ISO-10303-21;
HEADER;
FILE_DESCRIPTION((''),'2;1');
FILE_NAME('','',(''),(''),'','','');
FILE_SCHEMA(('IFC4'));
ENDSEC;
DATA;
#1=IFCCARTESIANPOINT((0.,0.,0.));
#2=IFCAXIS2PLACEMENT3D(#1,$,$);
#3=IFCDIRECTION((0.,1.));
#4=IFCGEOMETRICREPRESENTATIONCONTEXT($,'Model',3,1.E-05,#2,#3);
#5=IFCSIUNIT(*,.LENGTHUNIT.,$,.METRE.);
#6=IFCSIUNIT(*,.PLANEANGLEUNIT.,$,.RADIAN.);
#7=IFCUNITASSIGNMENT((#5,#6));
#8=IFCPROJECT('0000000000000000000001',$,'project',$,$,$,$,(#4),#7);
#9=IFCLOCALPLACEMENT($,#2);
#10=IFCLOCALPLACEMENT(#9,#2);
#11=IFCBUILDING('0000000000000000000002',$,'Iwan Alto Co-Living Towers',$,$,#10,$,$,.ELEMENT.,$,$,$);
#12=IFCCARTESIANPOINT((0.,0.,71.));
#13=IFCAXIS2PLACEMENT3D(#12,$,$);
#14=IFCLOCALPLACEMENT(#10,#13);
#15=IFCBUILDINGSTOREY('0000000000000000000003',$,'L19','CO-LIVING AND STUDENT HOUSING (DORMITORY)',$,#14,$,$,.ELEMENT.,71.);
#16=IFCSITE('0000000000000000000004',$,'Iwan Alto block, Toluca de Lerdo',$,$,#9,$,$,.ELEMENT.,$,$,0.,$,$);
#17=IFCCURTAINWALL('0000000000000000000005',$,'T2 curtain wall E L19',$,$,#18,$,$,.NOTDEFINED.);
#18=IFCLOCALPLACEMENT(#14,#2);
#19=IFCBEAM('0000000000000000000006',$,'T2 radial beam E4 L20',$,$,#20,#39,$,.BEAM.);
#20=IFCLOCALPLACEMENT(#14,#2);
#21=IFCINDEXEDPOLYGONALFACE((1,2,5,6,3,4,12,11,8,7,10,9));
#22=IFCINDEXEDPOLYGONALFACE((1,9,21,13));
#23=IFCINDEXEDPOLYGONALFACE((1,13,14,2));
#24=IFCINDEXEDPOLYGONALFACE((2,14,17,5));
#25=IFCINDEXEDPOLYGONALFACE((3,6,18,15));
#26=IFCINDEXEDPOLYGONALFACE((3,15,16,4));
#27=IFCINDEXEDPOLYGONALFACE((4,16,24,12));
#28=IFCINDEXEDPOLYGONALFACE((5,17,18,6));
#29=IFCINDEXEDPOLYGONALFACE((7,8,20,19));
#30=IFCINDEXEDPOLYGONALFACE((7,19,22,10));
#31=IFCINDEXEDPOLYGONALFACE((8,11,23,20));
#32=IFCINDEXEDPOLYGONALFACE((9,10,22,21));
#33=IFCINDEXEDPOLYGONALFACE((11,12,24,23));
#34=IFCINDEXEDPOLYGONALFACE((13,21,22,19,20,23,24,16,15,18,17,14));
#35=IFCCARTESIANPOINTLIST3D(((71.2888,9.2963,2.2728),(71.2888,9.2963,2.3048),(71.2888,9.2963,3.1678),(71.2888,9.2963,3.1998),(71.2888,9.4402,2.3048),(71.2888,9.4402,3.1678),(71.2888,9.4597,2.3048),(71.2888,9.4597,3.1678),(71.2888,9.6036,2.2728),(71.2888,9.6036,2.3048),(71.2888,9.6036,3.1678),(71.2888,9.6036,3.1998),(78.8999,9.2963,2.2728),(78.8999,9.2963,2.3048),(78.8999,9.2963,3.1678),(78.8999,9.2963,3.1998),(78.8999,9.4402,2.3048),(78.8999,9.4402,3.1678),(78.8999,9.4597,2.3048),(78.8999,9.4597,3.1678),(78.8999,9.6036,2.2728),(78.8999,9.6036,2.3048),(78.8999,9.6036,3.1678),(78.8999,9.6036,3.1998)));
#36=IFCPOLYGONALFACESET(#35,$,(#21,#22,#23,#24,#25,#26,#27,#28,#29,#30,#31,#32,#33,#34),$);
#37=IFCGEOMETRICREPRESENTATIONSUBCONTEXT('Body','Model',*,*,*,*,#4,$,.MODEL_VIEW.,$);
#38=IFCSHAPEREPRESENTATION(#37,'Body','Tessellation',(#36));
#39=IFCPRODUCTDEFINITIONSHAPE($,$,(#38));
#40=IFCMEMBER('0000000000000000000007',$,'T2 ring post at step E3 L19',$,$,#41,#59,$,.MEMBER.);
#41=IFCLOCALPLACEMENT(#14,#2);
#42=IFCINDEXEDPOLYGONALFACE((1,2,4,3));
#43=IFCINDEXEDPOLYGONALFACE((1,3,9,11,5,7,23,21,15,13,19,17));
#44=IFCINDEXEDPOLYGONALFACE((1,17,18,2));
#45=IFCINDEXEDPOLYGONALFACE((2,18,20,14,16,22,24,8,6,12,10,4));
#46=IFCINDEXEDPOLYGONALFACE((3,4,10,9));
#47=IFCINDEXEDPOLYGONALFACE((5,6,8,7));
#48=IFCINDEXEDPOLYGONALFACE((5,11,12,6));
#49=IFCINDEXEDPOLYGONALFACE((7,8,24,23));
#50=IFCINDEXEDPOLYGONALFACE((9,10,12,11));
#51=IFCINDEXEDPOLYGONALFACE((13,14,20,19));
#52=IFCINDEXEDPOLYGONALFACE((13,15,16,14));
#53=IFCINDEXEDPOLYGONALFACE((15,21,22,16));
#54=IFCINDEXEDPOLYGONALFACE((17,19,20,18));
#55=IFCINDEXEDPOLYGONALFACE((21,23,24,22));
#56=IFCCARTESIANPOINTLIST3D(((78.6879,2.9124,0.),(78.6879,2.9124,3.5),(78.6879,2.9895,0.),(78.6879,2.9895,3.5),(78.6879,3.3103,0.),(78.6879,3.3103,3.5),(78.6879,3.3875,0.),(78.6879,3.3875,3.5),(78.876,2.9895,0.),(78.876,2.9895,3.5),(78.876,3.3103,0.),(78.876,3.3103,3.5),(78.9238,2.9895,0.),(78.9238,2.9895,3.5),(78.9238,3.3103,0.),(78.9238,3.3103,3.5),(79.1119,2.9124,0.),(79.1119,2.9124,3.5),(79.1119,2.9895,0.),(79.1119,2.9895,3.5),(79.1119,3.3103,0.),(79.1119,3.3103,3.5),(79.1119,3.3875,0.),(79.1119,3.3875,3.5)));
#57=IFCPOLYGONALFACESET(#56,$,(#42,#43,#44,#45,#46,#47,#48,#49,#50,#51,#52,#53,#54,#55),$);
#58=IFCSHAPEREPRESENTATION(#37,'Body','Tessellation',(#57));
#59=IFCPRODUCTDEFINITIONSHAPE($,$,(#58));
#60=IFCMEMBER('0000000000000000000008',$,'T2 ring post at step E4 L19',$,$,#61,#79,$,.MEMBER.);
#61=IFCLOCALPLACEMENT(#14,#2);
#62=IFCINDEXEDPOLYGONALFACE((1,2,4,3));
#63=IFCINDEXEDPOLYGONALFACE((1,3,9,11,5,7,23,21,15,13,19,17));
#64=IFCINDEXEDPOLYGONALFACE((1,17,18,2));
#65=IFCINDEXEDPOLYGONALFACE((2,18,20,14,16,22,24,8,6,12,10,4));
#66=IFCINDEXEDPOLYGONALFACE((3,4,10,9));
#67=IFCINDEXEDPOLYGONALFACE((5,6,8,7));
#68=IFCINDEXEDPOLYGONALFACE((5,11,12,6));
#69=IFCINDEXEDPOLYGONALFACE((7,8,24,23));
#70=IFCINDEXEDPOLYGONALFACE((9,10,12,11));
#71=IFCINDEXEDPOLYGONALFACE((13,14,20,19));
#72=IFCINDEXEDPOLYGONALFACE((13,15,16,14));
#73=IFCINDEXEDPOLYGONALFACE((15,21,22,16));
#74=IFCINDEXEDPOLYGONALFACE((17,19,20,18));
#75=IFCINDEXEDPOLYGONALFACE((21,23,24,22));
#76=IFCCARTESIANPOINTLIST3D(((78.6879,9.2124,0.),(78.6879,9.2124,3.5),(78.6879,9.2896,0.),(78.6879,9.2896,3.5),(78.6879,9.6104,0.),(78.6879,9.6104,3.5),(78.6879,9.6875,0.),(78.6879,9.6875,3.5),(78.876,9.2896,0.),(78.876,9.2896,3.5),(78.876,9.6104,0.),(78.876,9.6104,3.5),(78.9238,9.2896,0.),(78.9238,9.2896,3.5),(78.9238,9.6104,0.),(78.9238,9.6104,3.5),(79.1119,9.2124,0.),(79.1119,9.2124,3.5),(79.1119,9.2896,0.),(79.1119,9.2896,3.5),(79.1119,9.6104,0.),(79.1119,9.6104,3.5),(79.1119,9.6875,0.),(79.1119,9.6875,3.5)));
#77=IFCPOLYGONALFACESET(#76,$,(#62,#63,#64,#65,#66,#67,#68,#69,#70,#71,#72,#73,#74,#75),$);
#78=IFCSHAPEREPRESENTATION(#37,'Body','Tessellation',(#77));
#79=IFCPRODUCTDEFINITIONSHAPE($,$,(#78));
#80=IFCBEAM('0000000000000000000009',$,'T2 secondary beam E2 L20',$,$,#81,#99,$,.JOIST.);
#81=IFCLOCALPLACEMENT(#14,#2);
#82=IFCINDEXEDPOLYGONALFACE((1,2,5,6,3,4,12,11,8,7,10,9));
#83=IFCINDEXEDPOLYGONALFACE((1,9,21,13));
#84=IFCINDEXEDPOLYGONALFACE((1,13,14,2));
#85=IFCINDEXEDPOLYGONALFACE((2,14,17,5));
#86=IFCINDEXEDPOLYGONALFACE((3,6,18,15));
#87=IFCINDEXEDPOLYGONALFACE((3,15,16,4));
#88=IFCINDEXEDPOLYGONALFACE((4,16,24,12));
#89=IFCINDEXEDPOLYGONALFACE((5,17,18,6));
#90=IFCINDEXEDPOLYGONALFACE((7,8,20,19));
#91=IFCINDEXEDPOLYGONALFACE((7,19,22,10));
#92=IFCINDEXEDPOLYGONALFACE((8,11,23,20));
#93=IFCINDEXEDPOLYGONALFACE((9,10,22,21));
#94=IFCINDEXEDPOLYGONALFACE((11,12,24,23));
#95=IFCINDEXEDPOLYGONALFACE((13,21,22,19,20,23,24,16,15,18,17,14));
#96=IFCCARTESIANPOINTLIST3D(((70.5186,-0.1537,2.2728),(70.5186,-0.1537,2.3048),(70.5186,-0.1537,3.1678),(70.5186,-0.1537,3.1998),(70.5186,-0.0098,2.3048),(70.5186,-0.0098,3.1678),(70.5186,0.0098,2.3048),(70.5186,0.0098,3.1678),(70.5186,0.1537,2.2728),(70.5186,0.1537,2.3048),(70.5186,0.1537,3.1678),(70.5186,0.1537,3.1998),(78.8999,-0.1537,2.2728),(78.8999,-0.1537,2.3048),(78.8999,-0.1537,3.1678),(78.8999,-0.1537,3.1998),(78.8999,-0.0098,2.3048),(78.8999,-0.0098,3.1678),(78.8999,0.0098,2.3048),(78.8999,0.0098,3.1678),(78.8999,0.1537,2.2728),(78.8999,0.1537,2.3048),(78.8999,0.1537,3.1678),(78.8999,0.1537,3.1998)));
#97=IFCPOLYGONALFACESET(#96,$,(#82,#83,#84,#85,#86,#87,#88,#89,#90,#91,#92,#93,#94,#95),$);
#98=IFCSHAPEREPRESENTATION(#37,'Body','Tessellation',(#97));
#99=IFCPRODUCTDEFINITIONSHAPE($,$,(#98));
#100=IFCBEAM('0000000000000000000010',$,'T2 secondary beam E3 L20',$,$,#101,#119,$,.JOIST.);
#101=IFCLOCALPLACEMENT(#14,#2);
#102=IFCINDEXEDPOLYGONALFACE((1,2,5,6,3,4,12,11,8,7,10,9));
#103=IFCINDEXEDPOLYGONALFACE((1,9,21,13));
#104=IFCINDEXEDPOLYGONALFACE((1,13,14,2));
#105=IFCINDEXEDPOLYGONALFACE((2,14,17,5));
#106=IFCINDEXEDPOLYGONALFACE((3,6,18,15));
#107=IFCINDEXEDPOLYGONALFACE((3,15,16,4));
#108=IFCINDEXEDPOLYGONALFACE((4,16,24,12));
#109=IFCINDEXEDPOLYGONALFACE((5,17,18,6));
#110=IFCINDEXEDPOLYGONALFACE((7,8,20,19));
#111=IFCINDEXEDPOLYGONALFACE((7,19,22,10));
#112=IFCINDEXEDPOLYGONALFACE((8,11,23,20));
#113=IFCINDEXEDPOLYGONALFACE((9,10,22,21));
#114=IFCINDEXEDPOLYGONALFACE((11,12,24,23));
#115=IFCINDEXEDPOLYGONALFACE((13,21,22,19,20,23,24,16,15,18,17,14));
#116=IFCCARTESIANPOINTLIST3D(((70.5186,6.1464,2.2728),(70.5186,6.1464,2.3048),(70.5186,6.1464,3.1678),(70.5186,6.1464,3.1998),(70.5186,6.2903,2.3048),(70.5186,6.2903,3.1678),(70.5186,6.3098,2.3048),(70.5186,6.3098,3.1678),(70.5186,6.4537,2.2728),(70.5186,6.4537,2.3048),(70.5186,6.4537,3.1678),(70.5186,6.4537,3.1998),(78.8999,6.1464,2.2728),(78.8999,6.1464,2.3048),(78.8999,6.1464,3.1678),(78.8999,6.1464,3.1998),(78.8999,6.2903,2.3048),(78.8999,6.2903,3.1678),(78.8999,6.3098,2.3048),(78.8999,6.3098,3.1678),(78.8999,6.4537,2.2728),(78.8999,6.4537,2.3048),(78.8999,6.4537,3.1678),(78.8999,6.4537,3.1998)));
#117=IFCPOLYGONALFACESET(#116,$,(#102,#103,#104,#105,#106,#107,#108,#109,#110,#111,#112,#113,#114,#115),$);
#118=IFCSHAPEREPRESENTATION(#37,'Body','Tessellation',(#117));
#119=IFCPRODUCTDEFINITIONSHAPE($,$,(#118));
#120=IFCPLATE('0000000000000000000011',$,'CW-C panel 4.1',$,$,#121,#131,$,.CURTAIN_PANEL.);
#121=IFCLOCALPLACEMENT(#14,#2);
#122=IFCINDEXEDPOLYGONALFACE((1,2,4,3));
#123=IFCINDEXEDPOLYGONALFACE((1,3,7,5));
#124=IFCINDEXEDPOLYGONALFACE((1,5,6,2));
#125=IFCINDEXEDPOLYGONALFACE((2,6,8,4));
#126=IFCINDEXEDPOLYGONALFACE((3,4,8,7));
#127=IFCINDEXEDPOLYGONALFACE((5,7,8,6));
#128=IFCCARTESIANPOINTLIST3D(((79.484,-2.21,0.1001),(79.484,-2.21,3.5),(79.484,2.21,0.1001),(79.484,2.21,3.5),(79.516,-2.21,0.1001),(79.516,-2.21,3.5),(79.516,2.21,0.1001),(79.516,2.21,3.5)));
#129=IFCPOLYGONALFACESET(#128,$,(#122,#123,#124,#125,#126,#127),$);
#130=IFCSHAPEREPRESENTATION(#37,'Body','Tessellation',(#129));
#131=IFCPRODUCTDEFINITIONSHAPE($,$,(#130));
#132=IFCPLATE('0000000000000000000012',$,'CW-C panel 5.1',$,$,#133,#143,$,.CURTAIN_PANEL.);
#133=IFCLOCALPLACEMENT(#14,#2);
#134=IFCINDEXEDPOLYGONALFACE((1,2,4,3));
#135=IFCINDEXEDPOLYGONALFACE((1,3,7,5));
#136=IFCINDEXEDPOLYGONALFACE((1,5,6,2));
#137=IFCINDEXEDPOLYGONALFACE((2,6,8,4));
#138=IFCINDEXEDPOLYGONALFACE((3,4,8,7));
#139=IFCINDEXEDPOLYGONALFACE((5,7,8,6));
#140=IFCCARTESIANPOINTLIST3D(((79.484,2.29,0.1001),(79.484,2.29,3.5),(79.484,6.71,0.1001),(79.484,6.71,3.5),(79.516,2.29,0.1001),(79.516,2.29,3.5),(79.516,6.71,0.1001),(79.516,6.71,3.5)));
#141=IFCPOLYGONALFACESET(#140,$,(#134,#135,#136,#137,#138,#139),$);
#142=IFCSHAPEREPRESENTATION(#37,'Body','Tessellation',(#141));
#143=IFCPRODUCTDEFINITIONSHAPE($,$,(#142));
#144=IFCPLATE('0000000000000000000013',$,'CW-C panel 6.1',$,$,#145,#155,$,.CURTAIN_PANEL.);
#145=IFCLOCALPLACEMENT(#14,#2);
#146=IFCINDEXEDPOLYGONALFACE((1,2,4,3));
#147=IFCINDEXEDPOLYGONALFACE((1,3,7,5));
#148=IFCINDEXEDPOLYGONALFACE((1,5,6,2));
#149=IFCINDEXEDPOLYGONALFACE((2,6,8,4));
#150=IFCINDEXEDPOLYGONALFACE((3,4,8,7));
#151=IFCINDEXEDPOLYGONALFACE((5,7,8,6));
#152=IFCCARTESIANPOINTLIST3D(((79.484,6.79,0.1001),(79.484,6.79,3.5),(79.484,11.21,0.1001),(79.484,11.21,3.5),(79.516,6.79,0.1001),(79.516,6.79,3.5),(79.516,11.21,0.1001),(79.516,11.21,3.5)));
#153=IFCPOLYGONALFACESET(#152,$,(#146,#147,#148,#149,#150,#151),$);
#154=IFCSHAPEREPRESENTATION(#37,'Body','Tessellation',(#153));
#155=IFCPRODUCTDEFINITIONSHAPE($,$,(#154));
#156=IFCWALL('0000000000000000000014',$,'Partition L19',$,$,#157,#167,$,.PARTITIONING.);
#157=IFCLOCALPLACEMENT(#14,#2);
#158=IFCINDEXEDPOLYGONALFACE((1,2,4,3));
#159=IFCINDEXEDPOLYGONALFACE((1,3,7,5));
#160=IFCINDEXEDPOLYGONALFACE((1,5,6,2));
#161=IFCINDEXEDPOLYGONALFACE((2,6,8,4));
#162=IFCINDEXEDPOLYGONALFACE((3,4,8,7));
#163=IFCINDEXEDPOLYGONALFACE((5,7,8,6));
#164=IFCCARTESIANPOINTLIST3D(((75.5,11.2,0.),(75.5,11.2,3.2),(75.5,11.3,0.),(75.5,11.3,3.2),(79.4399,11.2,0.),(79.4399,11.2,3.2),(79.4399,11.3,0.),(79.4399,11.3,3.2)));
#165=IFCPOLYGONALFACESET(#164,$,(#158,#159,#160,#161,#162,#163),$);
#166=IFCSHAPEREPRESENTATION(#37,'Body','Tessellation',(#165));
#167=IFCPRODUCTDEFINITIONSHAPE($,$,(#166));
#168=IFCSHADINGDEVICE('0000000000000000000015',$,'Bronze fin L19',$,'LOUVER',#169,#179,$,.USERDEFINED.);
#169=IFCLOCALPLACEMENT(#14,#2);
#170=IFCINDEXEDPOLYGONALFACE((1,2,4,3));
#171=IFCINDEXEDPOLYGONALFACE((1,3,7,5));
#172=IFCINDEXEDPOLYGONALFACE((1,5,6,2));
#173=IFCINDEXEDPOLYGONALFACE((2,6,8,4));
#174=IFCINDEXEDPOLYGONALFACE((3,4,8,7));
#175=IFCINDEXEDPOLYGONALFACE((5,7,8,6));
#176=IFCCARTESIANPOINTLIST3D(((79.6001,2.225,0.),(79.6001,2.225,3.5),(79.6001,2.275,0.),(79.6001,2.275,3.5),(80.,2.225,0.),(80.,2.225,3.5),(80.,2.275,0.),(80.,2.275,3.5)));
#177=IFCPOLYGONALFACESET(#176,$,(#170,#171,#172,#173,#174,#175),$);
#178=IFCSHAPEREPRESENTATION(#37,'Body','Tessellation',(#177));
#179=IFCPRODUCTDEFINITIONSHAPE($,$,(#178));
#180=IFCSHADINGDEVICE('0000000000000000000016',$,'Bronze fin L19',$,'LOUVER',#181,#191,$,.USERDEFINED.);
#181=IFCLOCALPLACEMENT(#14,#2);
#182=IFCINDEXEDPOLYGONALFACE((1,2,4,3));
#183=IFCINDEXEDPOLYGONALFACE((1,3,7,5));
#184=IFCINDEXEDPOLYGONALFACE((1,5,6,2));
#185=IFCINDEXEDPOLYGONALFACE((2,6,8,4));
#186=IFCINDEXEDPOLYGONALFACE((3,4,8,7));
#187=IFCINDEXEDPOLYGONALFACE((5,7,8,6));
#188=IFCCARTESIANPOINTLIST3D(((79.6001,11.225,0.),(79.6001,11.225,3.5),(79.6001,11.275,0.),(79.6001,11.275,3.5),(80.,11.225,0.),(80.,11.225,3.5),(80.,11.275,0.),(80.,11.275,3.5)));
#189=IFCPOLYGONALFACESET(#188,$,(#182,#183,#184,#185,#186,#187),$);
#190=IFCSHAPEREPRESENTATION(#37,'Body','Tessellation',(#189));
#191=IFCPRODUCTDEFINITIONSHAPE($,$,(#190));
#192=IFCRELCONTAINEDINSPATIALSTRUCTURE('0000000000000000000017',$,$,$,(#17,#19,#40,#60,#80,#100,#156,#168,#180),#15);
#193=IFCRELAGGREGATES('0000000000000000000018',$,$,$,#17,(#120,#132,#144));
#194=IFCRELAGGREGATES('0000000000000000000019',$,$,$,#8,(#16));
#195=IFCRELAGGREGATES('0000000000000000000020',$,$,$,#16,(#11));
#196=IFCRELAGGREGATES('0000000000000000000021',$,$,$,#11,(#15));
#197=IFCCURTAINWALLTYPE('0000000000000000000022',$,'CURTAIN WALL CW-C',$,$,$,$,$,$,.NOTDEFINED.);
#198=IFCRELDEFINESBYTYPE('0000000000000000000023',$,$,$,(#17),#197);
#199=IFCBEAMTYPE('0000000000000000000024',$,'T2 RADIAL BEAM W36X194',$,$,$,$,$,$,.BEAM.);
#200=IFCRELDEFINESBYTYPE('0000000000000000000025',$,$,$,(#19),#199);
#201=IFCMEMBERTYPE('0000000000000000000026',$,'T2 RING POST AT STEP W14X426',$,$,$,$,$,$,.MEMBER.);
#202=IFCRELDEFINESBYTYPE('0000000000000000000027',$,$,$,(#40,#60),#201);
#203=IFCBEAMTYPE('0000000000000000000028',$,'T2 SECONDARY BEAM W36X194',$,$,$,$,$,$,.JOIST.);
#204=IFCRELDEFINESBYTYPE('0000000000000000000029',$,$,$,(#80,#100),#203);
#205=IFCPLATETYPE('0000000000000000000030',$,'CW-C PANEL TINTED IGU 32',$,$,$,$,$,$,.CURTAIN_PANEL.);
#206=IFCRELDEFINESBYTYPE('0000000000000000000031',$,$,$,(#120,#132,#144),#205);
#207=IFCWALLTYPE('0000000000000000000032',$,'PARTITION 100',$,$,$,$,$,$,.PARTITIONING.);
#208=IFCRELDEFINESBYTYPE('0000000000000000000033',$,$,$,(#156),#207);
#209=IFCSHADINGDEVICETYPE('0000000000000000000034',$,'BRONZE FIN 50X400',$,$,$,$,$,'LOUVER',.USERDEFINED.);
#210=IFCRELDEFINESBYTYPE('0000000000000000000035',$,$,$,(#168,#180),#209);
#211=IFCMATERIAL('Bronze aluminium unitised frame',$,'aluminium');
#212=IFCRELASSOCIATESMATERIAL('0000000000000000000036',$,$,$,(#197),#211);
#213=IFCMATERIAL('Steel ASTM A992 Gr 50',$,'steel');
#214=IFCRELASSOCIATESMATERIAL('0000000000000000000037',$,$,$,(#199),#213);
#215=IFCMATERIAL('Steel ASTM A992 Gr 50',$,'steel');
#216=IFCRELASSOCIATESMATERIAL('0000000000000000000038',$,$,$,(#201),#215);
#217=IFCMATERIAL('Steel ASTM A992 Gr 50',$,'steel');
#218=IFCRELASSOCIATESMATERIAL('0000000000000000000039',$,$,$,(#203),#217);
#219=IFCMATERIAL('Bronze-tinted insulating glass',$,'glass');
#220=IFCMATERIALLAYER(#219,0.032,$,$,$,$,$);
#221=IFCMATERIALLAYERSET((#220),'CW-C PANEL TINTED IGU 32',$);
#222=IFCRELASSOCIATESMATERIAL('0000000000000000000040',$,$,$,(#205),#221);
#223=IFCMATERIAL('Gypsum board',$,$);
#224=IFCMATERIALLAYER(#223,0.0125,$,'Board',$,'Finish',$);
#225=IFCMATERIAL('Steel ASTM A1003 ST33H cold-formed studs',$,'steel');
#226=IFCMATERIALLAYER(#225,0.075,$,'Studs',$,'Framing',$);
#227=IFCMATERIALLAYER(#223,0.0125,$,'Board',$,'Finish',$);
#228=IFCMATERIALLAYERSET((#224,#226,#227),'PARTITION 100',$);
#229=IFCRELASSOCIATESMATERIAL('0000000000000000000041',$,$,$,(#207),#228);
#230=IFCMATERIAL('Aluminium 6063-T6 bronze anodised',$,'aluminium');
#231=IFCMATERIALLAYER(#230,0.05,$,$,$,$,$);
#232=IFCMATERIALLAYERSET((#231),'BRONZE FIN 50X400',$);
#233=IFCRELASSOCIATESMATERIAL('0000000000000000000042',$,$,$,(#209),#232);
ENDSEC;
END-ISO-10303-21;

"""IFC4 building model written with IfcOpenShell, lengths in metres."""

from ifc_helpers import new_model, si_unit, direction, frame, frame_2d, origin, origin_2d, place, context, subcontext, project, spatial, rectangle, i_section, extrude, material, layer, layer_set, material_profile, profile_set, type_object, element, aggregate, save


model = new_model("IFC4")

# Units and contexts
model_context = context("Model", 3, precision=1e-05, world=origin(), true_north=direction((0.0, 1.0)))
body_context = subcontext(model_context, "Body", "Model", "MODEL_VIEW")
ifc_project = project(units=[si_unit("LENGTHUNIT", "METRE"), si_unit("PLANEANGLEUNIT", "RADIAN")], contexts=[model_context])

# Site, building, storey
site_placement = place(None, origin())
site = spatial("IfcSite", under=ifc_project, at=site_placement, Name="Iwan Alto block, Toluca de Lerdo", CompositionType="ELEMENT", RefElevation=0.0)
building_placement = place(site_placement, origin())
building = spatial("IfcBuilding", under=site, at=building_placement, Name="Iwan Alto Co-Living Towers", CompositionType="ELEMENT")
storey_placement = place(building_placement, frame((0.0, 0.0, 71.0)))
storey = spatial("IfcBuildingStorey", under=building, at=storey_placement, Name="L19", Description="CO-LIVING AND STUDENT HOUSING (DORMITORY)", CompositionType="ELEMENT", Elevation=71.0)

# Curtain wall
ifc_material_1 = material(Name="Bronze aluminium unitised frame", Category="aluminium")
curtain_wall_type = type_object("IfcCurtainWallType", Name="CURTAIN WALL CW-C", PredefinedType="NOTDEFINED", material=ifc_material_1)
curtain_wall_placement = place(storey_placement, origin())
curtain_wall = element("IfcCurtainWall", 1, at=curtain_wall_placement, inside=storey, type_object=curtain_wall_type, Name="T2 curtain wall E L19", PredefinedType="NOTDEFINED")

# Beam
ifc_material_2 = material(Name="Steel ASTM A992 Gr 50", Category="steel")
ifc_material_profile_1 = material_profile(ifc_material_2, i_section(OverallWidth=0.3074, OverallDepth=0.927, WebThickness=0.0195, FlangeThickness=0.032, at=origin_2d()), Name="W36X194")
ifc_profile_set_1 = profile_set([ifc_material_profile_1], Name="Steel ASTM A992 Gr 50")
beam_type_1 = type_object("IfcBeamType", Name="T2 RADIAL BEAM W36X194", PredefinedType="BEAM", material=ifc_profile_set_1)
beam_1_placement = place(storey_placement, frame((78.8999, 9.45, 2.7363), z_axis=(-1.0, 0.0, 0.0), x_axis=(0.0, -1.0, 0.0)))
element("IfcBeam", 2, at=beam_1_placement, inside=storey, type_object=beam_type_1, Name="T2 radial beam E4 L20", PredefinedType="BEAM", context=body_context, shape_type="SweptSolid", body=[
    extrude(i_section(OverallWidth=0.3074, OverallDepth=0.927, WebThickness=0.0195, FlangeThickness=0.032, at=origin_2d()), origin(), (0.0, 0.0, 1.0), 7.6111),
])

# Members
ifc_material_3 = material(Name="Steel ASTM A992 Gr 50", Category="steel")
ifc_material_profile_2 = material_profile(ifc_material_3, i_section(OverallWidth=0.4241, OverallDepth=0.4751, WebThickness=0.0479, FlangeThickness=0.0771, at=origin_2d()), Name="W14X426")
ifc_profile_set_2 = profile_set([ifc_material_profile_2], Name="Steel ASTM A992 Gr 50")
member_type_1 = type_object("IfcMemberType", Name="T2 RING POST AT STEP W14X426", PredefinedType="MEMBER", material=ifc_profile_set_2)
for number, where, z_axis, x_axis, name in (
    (3, (78.8999, 3.1499, 0.0), (0.0, 0.0, 1.0), (1.0, 0.0, 0.0), "T2 ring post at step E3 L19"),
    (4, (78.8999, 9.45, 0.0), (0.0, 0.0, 1.0), (1.0, 0.0, 0.0), "T2 ring post at step E4 L19"),
):
    element("IfcMember", number, at=place(storey_placement, frame(where, z_axis=z_axis, x_axis=x_axis)), inside=storey, type_object=member_type_1, Name=name, PredefinedType="MEMBER", context=body_context, shape_type="SweptSolid", body=[
        extrude(i_section(OverallWidth=0.4241, OverallDepth=0.4751, WebThickness=0.0479, FlangeThickness=0.0771, at=origin_2d()), origin(), (0.0, 0.0, 1.0), 3.5),
    ])

# Beams
ifc_material_4 = material(Name="Steel ASTM A992 Gr 50", Category="steel")
ifc_material_profile_3 = material_profile(ifc_material_4, i_section(OverallWidth=0.3074, OverallDepth=0.927, WebThickness=0.0195, FlangeThickness=0.032, at=origin_2d()), Name="W36X194")
ifc_profile_set_3 = profile_set([ifc_material_profile_3], Name="Steel ASTM A992 Gr 50")
beam_type_2 = type_object("IfcBeamType", Name="T2 SECONDARY BEAM W36X194", PredefinedType="JOIST", material=ifc_profile_set_3)
for number, where, z_axis, x_axis, name in (
    (5, (78.8999, 0.0, 2.7363), (-1.0, 0.0, 0.0), (0.0, -1.0, 0.0), "T2 secondary beam E2 L20"),
    (6, (78.8999, 6.3, 2.7363), (-1.0, 0.0, 0.0), (0.0, -1.0, 0.0), "T2 secondary beam E3 L20"),
):
    element("IfcBeam", number, at=place(storey_placement, frame(where, z_axis=z_axis, x_axis=x_axis)), inside=storey, type_object=beam_type_2, Name=name, PredefinedType="JOIST", context=body_context, shape_type="SweptSolid", body=[
        extrude(i_section(OverallWidth=0.3074, OverallDepth=0.927, WebThickness=0.0195, FlangeThickness=0.032, at=origin_2d()), origin(), (0.0, 0.0, 1.0), 8.3813),
    ])

# Plates
ifc_material_5 = material(Name="Bronze-tinted insulating glass", Category="glass")
ifc_layer_1 = layer(ifc_material_5, 0.032)
ifc_layer_set_1 = layer_set([ifc_layer_1], Name="CW-C PANEL TINTED IGU 32")
plate_type = type_object("IfcPlateType", Name="CW-C PANEL TINTED IGU 32", PredefinedType="CURTAIN_PANEL", material=ifc_layer_set_1)
plate_1_placement = place(storey_placement, frame((79.5, 0.0, 0.1001), z_axis=(0.0, 0.0, 1.0), x_axis=(0.0, 1.0, 0.0)))
plate_1 = element("IfcPlate", 7, at=plate_1_placement, type_object=plate_type, Name="CW-C panel 4.1", PredefinedType="CURTAIN_PANEL", context=body_context, shape_type="SweptSolid", body=[
    extrude(rectangle(XDim=4.4199, YDim=0.032, at=origin_2d()), origin(), (0.0, 0.0, 1.0), 3.3999),
])
plate_2_placement = place(storey_placement, frame((79.5, 4.5, 0.1001), z_axis=(0.0, 0.0, 1.0), x_axis=(0.0, 1.0, 0.0)))
plate_2 = element("IfcPlate", 8, at=plate_2_placement, type_object=plate_type, Name="CW-C panel 5.1", PredefinedType="CURTAIN_PANEL", context=body_context, shape_type="SweptSolid", body=[
    extrude(rectangle(XDim=4.4199, YDim=0.032, at=origin_2d()), origin(), (0.0, 0.0, 1.0), 3.3999),
])
plate_3_placement = place(storey_placement, frame((79.5, 9.0, 0.1001), z_axis=(0.0, 0.0, 1.0), x_axis=(0.0, 1.0, 0.0)))
plate_3 = element("IfcPlate", 9, at=plate_3_placement, type_object=plate_type, Name="CW-C panel 6.1", PredefinedType="CURTAIN_PANEL", context=body_context, shape_type="SweptSolid", body=[
    extrude(rectangle(XDim=4.4199, YDim=0.032, at=origin_2d()), origin(), (0.0, 0.0, 1.0), 3.3999),
])
aggregate(curtain_wall, [plate_1, plate_2, plate_3])

# Wall
ifc_material_6 = material(Name="Gypsum board")
ifc_layer_2 = layer(ifc_material_6, 0.0125, Name="Board", Category="Finish")
ifc_material_7 = material(Name="Steel ASTM A1003 ST33H cold-formed studs", Category="steel")
ifc_layer_3 = layer(ifc_material_7, 0.075, Name="Studs", Category="Framing")
ifc_layer_4 = layer(ifc_material_6, 0.0125, Name="Board", Category="Finish")
ifc_layer_set_2 = layer_set([ifc_layer_2, ifc_layer_3, ifc_layer_4], Name="PARTITION 100")
wall_type = type_object("IfcWallType", Name="PARTITION 100", PredefinedType="PARTITIONING", material=ifc_layer_set_2)
wall_placement = place(storey_placement, frame((75.5, 11.25, 0.0), z_axis=(0.0, 0.0, 1.0), x_axis=(1.0, 0.0, 0.0)))
element("IfcWall", 10, at=wall_placement, inside=storey, type_object=wall_type, Name="Partition L19", PredefinedType="PARTITIONING", context=body_context, shape_type="SweptSolid", body=[
    extrude(rectangle(XDim=3.9399, YDim=0.1001, at=frame_2d((1.97, 0.0))), origin(), (0.0, 0.0, 1.0), 3.2),
])

# Shading devices
ifc_material_8 = material(Name="Aluminium 6063-T6 bronze anodised", Category="aluminium")
ifc_layer_5 = layer(ifc_material_8, 0.05)
ifc_layer_set_3 = layer_set([ifc_layer_5], Name="BRONZE FIN 50X400")
shading_device_type = type_object("IfcShadingDeviceType", Name="BRONZE FIN 50X400", ElementType="LOUVER", PredefinedType="USERDEFINED", material=ifc_layer_set_3)
for number, where, z_axis, x_axis, name in (
    (11, (79.8, 2.25, 0.0), (0.0, 0.0, 1.0), (0.0, 1.0, 0.0), "Bronze fin L19"),
    (12, (79.8, 11.25, 0.0), (0.0, 0.0, 1.0), (0.0, 1.0, 0.0), "Bronze fin L19"),
):
    element("IfcShadingDevice", number, at=place(storey_placement, frame(where, z_axis=z_axis, x_axis=x_axis)), inside=storey, type_object=shading_device_type, Name=name, ObjectType="LOUVER", PredefinedType="USERDEFINED", context=body_context, shape_type="SweptSolid", body=[
        extrude(rectangle(XDim=0.05, YDim=0.3999, at=origin_2d()), origin(), (0.0, 0.0, 1.0), 3.5),
    ])

save(model, "model.ifc")
